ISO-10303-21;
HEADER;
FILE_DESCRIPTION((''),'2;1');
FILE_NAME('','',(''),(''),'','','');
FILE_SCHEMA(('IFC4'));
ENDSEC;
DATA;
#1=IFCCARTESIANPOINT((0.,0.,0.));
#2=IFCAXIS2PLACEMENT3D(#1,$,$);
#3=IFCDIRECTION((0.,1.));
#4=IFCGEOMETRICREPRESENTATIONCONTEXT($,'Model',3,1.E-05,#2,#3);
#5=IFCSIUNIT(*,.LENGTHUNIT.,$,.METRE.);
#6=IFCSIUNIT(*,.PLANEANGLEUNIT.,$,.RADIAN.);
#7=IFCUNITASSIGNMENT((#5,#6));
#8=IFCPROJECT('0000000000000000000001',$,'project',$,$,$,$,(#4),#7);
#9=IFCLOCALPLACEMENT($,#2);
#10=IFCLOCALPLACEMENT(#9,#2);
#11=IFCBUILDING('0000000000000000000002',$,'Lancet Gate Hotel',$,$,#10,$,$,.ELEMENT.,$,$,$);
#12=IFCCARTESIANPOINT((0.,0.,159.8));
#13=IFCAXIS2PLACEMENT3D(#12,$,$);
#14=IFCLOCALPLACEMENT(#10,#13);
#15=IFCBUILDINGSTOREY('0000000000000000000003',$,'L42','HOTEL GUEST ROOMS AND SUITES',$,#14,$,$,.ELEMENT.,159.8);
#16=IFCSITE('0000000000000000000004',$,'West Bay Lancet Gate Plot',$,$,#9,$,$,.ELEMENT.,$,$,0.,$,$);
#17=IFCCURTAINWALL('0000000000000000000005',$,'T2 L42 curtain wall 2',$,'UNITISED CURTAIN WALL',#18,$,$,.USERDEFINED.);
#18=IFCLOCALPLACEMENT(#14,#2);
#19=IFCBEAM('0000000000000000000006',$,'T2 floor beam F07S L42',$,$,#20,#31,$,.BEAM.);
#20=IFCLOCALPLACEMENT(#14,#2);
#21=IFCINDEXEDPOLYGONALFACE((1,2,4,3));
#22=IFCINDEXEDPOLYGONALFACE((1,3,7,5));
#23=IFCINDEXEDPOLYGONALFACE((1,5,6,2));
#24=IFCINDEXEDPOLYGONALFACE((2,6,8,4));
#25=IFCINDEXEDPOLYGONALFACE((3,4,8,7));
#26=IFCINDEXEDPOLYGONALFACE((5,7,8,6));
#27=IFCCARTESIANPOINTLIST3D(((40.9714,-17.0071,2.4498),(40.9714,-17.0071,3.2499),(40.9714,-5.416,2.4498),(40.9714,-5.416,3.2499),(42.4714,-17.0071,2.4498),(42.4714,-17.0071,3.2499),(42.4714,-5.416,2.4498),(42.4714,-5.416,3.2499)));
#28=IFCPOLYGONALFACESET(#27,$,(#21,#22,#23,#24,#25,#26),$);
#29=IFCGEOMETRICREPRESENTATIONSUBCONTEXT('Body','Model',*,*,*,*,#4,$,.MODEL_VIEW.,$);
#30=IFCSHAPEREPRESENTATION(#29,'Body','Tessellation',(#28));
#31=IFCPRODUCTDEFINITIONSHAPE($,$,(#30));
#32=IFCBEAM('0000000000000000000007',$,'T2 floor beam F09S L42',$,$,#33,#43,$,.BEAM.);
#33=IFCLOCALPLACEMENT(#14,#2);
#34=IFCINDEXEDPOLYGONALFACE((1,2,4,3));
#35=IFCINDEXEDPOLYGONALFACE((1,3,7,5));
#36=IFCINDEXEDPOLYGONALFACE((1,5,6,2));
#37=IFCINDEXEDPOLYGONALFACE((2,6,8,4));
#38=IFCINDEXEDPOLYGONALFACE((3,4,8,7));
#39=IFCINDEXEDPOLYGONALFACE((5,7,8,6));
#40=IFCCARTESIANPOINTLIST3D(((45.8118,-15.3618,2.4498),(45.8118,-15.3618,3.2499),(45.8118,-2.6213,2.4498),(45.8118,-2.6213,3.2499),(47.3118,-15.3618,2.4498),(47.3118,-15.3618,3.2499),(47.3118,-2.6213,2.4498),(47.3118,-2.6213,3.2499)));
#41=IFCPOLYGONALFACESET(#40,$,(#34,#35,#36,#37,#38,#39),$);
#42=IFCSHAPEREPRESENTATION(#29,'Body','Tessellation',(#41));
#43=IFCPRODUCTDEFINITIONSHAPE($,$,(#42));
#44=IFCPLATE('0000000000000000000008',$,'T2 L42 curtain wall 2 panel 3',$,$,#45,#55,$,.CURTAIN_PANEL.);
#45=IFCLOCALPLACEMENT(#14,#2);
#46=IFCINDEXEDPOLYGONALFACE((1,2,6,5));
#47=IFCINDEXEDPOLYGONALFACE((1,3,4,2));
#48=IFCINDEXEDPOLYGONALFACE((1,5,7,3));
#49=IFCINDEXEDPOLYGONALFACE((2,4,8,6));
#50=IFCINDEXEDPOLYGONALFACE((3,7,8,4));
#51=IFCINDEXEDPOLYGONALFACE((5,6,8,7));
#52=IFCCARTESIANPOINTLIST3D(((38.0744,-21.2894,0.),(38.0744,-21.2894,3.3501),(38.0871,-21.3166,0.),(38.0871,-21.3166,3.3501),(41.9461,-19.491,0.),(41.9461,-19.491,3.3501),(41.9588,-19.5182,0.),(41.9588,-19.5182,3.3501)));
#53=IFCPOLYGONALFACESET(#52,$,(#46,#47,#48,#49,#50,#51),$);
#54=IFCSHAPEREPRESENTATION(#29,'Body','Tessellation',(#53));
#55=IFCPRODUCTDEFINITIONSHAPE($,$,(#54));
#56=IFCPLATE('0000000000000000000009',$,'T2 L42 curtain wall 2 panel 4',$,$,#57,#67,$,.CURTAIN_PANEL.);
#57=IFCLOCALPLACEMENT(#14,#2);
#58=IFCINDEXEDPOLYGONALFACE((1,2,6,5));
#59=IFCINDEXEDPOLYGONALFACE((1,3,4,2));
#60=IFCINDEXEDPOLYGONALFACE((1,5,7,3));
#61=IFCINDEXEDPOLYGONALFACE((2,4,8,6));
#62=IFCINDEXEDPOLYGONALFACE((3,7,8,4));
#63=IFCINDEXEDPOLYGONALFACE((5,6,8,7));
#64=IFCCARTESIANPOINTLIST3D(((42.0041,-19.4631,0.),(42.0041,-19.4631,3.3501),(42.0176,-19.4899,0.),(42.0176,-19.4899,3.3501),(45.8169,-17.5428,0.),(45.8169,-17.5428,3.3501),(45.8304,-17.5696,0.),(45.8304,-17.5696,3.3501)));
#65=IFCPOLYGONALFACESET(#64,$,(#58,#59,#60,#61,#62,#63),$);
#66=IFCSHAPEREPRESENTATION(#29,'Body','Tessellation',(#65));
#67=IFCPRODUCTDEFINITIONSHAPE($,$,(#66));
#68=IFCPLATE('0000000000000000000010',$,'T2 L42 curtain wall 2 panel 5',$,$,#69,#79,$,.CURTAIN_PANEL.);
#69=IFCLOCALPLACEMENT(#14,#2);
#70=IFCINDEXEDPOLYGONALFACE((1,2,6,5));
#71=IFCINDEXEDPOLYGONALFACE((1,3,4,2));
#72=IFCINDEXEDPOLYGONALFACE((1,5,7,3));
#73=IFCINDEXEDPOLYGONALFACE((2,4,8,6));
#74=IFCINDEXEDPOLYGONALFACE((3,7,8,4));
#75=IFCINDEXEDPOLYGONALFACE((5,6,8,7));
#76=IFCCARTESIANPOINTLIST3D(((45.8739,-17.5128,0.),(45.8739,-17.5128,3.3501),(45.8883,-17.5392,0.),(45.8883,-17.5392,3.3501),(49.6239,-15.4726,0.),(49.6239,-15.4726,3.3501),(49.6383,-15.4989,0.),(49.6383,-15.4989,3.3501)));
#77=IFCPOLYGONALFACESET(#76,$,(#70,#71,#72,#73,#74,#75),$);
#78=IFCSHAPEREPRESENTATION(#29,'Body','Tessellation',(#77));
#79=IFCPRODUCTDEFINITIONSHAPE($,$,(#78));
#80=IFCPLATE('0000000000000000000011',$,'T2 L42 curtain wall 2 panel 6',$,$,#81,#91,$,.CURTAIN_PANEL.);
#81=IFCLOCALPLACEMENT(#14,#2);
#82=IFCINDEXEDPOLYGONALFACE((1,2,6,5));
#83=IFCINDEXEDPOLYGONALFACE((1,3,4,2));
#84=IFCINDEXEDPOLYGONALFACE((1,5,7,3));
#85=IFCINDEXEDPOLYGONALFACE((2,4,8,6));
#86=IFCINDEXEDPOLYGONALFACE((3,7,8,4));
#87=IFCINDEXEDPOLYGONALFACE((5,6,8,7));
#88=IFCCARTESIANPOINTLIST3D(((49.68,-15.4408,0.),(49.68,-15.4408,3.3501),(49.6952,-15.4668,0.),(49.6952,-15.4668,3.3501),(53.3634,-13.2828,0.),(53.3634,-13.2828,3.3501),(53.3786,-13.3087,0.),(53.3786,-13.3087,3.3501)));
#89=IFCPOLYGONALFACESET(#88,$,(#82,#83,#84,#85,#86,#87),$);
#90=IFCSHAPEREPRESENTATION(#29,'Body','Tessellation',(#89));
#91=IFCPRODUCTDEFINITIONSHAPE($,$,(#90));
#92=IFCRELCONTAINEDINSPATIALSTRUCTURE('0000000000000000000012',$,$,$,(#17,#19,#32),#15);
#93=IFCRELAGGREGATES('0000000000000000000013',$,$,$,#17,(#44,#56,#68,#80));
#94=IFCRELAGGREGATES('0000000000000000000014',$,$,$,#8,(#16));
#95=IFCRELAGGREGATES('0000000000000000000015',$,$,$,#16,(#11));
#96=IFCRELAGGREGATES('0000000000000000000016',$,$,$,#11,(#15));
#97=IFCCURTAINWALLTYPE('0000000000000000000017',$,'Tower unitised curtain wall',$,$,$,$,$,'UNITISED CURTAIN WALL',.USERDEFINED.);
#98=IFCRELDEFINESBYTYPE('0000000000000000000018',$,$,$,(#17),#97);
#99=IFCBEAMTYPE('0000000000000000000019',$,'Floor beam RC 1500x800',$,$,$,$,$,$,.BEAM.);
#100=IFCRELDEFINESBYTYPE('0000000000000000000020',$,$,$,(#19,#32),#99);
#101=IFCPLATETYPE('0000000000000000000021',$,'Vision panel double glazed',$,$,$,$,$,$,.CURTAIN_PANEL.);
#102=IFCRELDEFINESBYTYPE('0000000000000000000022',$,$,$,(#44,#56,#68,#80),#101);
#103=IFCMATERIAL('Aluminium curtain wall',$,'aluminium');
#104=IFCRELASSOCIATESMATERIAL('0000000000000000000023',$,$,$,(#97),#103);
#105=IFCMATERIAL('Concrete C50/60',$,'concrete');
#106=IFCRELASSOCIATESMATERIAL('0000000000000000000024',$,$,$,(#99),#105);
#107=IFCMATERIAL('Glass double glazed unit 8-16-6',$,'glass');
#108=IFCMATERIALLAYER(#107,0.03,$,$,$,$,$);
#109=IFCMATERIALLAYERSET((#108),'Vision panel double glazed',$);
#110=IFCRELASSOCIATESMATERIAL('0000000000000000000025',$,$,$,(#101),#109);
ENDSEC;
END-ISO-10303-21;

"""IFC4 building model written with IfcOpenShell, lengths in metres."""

from ifc_helpers import new_model, si_unit, direction, frame, origin, origin_2d, place, context, subcontext, project, spatial, rectangle, extrude, material, layer, layer_set, material_profile, profile_set, type_object, element, aggregate, save


model = new_model("IFC4")

# Units and contexts
model_context = context("Model", 3, precision=1e-05, world=origin(), true_north=direction((0.0, 1.0)))
body_context = subcontext(model_context, "Body", "Model", "MODEL_VIEW")
ifc_project = project(units=[si_unit("LENGTHUNIT", "METRE"), si_unit("PLANEANGLEUNIT", "RADIAN")], contexts=[model_context])

# Site, building, storey
site_placement = place(None, origin())
site = spatial("IfcSite", under=ifc_project, at=site_placement, Name="West Bay Lancet Gate Plot", CompositionType="ELEMENT", RefElevation=0.0)
building_placement = place(site_placement, origin())
building = spatial("IfcBuilding", under=site, at=building_placement, Name="Lancet Gate Hotel", CompositionType="ELEMENT")
storey_placement = place(building_placement, frame((0.0, 0.0, 159.8)))
storey = spatial("IfcBuildingStorey", under=building, at=storey_placement, Name="L42", Description="HOTEL GUEST ROOMS AND SUITES", CompositionType="ELEMENT", Elevation=159.8)

# Curtain wall
ifc_material_1 = material(Name="Aluminium curtain wall", Category="aluminium")
curtain_wall_type = type_object("IfcCurtainWallType", Name="Tower unitised curtain wall", ElementType="UNITISED CURTAIN WALL", PredefinedType="USERDEFINED", material=ifc_material_1)
curtain_wall_placement = place(storey_placement, origin())
curtain_wall = element("IfcCurtainWall", 1, at=curtain_wall_placement, inside=storey, type_object=curtain_wall_type, Name="T2 L42 curtain wall 2", ObjectType="UNITISED CURTAIN WALL", PredefinedType="USERDEFINED")

# Beams
ifc_material_2 = material(Name="Concrete C50/60", Category="concrete")
ifc_material_profile_1 = material_profile(ifc_material_2, rectangle(XDim=1.5, YDim=0.8, at=origin_2d()), Name="RC 1500x800")
ifc_profile_set_1 = profile_set([ifc_material_profile_1], Name="Concrete C50/60")
beam_type_1 = type_object("IfcBeamType", Name="Floor beam RC 1500x800", PredefinedType="BEAM", material=ifc_profile_set_1)
beam_1_placement = place(storey_placement, frame((41.7214, -17.0071, 2.8499), z_axis=(0.0, 1.0, 0.0), x_axis=(-1.0, 0.0, 0.0)))
element("IfcBeam", 2, at=beam_1_placement, inside=storey, type_object=beam_type_1, Name="T2 floor beam F07S L42", PredefinedType="BEAM", context=body_context, shape_type="SweptSolid", body=[
    extrude(rectangle(XDim=1.5, YDim=0.8, at=origin_2d()), origin(), (0.0, 0.0, 1.0), 11.5911),
])
beam_2_placement = place(storey_placement, frame((46.5618, -15.3618, 2.8499), z_axis=(0.0, 1.0, 0.0), x_axis=(-1.0, 0.0, 0.0)))
element("IfcBeam", 3, at=beam_2_placement, inside=storey, type_object=beam_type_1, Name="T2 floor beam F09S L42", PredefinedType="BEAM", context=body_context, shape_type="SweptSolid", body=[
    extrude(rectangle(XDim=1.5, YDim=0.8, at=origin_2d()), origin(), (0.0, 0.0, 1.0), 12.7405),
])

# Plates
ifc_material_3 = material(Name="Glass double glazed unit 8-16-6", Category="glass")
ifc_layer = layer(ifc_material_3, 0.03)
ifc_layer_set = layer_set([ifc_layer], Name="Vision panel double glazed")
plate_type = type_object("IfcPlateType", Name="Vision panel double glazed", PredefinedType="CURTAIN_PANEL", material=ifc_layer_set)
plate_1_placement = place(storey_placement, frame((40.0166, -20.4038, 0.0), z_axis=(0.0, 0.0, 1.0), x_axis=(0.906935, 0.421271, 0.0)))
plate_1 = element("IfcPlate", 4, at=plate_1_placement, type_object=plate_type, Name="T2 L42 curtain wall 2 panel 3", PredefinedType="CURTAIN_PANEL", context=body_context, shape_type="SweptSolid", body=[
    extrude(rectangle(XDim=4.269, YDim=0.03, at=origin_2d()), origin(), (0.0, 0.0, 1.0), 3.3501),
])
plate_2_placement = place(storey_placement, frame((43.9172, -18.5164, 0.0), z_axis=(0.0, 0.0, 1.0), x_axis=(0.893121, 0.449816, 0.0)))
plate_2 = element("IfcPlate", 5, at=plate_2_placement, type_object=plate_type, Name="T2 L42 curtain wall 2 panel 4", PredefinedType="CURTAIN_PANEL", context=body_context, shape_type="SweptSolid", body=[
    extrude(rectangle(XDim=4.269, YDim=0.03, at=origin_2d()), origin(), (0.0, 0.0, 1.0), 3.3501),
])
plate_3_placement = place(storey_placement, frame((47.7561, -16.5059, 0.0), z_axis=(0.0, 0.0, 1.0), x_axis=(0.87841, 0.477908, 0.0)))
plate_3 = element("IfcPlate", 6, at=plate_3_placement, type_object=plate_type, Name="T2 L42 curtain wall 2 panel 5", PredefinedType="CURTAIN_PANEL", context=body_context, shape_type="SweptSolid", body=[
    extrude(rectangle(XDim=4.269, YDim=0.03, at=origin_2d()), origin(), (0.0, 0.0, 1.0), 3.3501),
])
plate_4_placement = place(storey_placement, frame((51.5293, -14.3748, 0.0), z_axis=(0.0, 0.0, 1.0), x_axis=(0.862815, 0.50552, 0.0)))
plate_4 = element("IfcPlate", 7, at=plate_4_placement, type_object=plate_type, Name="T2 L42 curtain wall 2 panel 6", PredefinedType="CURTAIN_PANEL", context=body_context, shape_type="SweptSolid", body=[
    extrude(rectangle(XDim=4.269, YDim=0.03, at=origin_2d()), origin(), (0.0, 0.0, 1.0), 3.3501),
])
aggregate(curtain_wall, [plate_1, plate_2, plate_3, plate_4])

save(model, "model.ifc")
